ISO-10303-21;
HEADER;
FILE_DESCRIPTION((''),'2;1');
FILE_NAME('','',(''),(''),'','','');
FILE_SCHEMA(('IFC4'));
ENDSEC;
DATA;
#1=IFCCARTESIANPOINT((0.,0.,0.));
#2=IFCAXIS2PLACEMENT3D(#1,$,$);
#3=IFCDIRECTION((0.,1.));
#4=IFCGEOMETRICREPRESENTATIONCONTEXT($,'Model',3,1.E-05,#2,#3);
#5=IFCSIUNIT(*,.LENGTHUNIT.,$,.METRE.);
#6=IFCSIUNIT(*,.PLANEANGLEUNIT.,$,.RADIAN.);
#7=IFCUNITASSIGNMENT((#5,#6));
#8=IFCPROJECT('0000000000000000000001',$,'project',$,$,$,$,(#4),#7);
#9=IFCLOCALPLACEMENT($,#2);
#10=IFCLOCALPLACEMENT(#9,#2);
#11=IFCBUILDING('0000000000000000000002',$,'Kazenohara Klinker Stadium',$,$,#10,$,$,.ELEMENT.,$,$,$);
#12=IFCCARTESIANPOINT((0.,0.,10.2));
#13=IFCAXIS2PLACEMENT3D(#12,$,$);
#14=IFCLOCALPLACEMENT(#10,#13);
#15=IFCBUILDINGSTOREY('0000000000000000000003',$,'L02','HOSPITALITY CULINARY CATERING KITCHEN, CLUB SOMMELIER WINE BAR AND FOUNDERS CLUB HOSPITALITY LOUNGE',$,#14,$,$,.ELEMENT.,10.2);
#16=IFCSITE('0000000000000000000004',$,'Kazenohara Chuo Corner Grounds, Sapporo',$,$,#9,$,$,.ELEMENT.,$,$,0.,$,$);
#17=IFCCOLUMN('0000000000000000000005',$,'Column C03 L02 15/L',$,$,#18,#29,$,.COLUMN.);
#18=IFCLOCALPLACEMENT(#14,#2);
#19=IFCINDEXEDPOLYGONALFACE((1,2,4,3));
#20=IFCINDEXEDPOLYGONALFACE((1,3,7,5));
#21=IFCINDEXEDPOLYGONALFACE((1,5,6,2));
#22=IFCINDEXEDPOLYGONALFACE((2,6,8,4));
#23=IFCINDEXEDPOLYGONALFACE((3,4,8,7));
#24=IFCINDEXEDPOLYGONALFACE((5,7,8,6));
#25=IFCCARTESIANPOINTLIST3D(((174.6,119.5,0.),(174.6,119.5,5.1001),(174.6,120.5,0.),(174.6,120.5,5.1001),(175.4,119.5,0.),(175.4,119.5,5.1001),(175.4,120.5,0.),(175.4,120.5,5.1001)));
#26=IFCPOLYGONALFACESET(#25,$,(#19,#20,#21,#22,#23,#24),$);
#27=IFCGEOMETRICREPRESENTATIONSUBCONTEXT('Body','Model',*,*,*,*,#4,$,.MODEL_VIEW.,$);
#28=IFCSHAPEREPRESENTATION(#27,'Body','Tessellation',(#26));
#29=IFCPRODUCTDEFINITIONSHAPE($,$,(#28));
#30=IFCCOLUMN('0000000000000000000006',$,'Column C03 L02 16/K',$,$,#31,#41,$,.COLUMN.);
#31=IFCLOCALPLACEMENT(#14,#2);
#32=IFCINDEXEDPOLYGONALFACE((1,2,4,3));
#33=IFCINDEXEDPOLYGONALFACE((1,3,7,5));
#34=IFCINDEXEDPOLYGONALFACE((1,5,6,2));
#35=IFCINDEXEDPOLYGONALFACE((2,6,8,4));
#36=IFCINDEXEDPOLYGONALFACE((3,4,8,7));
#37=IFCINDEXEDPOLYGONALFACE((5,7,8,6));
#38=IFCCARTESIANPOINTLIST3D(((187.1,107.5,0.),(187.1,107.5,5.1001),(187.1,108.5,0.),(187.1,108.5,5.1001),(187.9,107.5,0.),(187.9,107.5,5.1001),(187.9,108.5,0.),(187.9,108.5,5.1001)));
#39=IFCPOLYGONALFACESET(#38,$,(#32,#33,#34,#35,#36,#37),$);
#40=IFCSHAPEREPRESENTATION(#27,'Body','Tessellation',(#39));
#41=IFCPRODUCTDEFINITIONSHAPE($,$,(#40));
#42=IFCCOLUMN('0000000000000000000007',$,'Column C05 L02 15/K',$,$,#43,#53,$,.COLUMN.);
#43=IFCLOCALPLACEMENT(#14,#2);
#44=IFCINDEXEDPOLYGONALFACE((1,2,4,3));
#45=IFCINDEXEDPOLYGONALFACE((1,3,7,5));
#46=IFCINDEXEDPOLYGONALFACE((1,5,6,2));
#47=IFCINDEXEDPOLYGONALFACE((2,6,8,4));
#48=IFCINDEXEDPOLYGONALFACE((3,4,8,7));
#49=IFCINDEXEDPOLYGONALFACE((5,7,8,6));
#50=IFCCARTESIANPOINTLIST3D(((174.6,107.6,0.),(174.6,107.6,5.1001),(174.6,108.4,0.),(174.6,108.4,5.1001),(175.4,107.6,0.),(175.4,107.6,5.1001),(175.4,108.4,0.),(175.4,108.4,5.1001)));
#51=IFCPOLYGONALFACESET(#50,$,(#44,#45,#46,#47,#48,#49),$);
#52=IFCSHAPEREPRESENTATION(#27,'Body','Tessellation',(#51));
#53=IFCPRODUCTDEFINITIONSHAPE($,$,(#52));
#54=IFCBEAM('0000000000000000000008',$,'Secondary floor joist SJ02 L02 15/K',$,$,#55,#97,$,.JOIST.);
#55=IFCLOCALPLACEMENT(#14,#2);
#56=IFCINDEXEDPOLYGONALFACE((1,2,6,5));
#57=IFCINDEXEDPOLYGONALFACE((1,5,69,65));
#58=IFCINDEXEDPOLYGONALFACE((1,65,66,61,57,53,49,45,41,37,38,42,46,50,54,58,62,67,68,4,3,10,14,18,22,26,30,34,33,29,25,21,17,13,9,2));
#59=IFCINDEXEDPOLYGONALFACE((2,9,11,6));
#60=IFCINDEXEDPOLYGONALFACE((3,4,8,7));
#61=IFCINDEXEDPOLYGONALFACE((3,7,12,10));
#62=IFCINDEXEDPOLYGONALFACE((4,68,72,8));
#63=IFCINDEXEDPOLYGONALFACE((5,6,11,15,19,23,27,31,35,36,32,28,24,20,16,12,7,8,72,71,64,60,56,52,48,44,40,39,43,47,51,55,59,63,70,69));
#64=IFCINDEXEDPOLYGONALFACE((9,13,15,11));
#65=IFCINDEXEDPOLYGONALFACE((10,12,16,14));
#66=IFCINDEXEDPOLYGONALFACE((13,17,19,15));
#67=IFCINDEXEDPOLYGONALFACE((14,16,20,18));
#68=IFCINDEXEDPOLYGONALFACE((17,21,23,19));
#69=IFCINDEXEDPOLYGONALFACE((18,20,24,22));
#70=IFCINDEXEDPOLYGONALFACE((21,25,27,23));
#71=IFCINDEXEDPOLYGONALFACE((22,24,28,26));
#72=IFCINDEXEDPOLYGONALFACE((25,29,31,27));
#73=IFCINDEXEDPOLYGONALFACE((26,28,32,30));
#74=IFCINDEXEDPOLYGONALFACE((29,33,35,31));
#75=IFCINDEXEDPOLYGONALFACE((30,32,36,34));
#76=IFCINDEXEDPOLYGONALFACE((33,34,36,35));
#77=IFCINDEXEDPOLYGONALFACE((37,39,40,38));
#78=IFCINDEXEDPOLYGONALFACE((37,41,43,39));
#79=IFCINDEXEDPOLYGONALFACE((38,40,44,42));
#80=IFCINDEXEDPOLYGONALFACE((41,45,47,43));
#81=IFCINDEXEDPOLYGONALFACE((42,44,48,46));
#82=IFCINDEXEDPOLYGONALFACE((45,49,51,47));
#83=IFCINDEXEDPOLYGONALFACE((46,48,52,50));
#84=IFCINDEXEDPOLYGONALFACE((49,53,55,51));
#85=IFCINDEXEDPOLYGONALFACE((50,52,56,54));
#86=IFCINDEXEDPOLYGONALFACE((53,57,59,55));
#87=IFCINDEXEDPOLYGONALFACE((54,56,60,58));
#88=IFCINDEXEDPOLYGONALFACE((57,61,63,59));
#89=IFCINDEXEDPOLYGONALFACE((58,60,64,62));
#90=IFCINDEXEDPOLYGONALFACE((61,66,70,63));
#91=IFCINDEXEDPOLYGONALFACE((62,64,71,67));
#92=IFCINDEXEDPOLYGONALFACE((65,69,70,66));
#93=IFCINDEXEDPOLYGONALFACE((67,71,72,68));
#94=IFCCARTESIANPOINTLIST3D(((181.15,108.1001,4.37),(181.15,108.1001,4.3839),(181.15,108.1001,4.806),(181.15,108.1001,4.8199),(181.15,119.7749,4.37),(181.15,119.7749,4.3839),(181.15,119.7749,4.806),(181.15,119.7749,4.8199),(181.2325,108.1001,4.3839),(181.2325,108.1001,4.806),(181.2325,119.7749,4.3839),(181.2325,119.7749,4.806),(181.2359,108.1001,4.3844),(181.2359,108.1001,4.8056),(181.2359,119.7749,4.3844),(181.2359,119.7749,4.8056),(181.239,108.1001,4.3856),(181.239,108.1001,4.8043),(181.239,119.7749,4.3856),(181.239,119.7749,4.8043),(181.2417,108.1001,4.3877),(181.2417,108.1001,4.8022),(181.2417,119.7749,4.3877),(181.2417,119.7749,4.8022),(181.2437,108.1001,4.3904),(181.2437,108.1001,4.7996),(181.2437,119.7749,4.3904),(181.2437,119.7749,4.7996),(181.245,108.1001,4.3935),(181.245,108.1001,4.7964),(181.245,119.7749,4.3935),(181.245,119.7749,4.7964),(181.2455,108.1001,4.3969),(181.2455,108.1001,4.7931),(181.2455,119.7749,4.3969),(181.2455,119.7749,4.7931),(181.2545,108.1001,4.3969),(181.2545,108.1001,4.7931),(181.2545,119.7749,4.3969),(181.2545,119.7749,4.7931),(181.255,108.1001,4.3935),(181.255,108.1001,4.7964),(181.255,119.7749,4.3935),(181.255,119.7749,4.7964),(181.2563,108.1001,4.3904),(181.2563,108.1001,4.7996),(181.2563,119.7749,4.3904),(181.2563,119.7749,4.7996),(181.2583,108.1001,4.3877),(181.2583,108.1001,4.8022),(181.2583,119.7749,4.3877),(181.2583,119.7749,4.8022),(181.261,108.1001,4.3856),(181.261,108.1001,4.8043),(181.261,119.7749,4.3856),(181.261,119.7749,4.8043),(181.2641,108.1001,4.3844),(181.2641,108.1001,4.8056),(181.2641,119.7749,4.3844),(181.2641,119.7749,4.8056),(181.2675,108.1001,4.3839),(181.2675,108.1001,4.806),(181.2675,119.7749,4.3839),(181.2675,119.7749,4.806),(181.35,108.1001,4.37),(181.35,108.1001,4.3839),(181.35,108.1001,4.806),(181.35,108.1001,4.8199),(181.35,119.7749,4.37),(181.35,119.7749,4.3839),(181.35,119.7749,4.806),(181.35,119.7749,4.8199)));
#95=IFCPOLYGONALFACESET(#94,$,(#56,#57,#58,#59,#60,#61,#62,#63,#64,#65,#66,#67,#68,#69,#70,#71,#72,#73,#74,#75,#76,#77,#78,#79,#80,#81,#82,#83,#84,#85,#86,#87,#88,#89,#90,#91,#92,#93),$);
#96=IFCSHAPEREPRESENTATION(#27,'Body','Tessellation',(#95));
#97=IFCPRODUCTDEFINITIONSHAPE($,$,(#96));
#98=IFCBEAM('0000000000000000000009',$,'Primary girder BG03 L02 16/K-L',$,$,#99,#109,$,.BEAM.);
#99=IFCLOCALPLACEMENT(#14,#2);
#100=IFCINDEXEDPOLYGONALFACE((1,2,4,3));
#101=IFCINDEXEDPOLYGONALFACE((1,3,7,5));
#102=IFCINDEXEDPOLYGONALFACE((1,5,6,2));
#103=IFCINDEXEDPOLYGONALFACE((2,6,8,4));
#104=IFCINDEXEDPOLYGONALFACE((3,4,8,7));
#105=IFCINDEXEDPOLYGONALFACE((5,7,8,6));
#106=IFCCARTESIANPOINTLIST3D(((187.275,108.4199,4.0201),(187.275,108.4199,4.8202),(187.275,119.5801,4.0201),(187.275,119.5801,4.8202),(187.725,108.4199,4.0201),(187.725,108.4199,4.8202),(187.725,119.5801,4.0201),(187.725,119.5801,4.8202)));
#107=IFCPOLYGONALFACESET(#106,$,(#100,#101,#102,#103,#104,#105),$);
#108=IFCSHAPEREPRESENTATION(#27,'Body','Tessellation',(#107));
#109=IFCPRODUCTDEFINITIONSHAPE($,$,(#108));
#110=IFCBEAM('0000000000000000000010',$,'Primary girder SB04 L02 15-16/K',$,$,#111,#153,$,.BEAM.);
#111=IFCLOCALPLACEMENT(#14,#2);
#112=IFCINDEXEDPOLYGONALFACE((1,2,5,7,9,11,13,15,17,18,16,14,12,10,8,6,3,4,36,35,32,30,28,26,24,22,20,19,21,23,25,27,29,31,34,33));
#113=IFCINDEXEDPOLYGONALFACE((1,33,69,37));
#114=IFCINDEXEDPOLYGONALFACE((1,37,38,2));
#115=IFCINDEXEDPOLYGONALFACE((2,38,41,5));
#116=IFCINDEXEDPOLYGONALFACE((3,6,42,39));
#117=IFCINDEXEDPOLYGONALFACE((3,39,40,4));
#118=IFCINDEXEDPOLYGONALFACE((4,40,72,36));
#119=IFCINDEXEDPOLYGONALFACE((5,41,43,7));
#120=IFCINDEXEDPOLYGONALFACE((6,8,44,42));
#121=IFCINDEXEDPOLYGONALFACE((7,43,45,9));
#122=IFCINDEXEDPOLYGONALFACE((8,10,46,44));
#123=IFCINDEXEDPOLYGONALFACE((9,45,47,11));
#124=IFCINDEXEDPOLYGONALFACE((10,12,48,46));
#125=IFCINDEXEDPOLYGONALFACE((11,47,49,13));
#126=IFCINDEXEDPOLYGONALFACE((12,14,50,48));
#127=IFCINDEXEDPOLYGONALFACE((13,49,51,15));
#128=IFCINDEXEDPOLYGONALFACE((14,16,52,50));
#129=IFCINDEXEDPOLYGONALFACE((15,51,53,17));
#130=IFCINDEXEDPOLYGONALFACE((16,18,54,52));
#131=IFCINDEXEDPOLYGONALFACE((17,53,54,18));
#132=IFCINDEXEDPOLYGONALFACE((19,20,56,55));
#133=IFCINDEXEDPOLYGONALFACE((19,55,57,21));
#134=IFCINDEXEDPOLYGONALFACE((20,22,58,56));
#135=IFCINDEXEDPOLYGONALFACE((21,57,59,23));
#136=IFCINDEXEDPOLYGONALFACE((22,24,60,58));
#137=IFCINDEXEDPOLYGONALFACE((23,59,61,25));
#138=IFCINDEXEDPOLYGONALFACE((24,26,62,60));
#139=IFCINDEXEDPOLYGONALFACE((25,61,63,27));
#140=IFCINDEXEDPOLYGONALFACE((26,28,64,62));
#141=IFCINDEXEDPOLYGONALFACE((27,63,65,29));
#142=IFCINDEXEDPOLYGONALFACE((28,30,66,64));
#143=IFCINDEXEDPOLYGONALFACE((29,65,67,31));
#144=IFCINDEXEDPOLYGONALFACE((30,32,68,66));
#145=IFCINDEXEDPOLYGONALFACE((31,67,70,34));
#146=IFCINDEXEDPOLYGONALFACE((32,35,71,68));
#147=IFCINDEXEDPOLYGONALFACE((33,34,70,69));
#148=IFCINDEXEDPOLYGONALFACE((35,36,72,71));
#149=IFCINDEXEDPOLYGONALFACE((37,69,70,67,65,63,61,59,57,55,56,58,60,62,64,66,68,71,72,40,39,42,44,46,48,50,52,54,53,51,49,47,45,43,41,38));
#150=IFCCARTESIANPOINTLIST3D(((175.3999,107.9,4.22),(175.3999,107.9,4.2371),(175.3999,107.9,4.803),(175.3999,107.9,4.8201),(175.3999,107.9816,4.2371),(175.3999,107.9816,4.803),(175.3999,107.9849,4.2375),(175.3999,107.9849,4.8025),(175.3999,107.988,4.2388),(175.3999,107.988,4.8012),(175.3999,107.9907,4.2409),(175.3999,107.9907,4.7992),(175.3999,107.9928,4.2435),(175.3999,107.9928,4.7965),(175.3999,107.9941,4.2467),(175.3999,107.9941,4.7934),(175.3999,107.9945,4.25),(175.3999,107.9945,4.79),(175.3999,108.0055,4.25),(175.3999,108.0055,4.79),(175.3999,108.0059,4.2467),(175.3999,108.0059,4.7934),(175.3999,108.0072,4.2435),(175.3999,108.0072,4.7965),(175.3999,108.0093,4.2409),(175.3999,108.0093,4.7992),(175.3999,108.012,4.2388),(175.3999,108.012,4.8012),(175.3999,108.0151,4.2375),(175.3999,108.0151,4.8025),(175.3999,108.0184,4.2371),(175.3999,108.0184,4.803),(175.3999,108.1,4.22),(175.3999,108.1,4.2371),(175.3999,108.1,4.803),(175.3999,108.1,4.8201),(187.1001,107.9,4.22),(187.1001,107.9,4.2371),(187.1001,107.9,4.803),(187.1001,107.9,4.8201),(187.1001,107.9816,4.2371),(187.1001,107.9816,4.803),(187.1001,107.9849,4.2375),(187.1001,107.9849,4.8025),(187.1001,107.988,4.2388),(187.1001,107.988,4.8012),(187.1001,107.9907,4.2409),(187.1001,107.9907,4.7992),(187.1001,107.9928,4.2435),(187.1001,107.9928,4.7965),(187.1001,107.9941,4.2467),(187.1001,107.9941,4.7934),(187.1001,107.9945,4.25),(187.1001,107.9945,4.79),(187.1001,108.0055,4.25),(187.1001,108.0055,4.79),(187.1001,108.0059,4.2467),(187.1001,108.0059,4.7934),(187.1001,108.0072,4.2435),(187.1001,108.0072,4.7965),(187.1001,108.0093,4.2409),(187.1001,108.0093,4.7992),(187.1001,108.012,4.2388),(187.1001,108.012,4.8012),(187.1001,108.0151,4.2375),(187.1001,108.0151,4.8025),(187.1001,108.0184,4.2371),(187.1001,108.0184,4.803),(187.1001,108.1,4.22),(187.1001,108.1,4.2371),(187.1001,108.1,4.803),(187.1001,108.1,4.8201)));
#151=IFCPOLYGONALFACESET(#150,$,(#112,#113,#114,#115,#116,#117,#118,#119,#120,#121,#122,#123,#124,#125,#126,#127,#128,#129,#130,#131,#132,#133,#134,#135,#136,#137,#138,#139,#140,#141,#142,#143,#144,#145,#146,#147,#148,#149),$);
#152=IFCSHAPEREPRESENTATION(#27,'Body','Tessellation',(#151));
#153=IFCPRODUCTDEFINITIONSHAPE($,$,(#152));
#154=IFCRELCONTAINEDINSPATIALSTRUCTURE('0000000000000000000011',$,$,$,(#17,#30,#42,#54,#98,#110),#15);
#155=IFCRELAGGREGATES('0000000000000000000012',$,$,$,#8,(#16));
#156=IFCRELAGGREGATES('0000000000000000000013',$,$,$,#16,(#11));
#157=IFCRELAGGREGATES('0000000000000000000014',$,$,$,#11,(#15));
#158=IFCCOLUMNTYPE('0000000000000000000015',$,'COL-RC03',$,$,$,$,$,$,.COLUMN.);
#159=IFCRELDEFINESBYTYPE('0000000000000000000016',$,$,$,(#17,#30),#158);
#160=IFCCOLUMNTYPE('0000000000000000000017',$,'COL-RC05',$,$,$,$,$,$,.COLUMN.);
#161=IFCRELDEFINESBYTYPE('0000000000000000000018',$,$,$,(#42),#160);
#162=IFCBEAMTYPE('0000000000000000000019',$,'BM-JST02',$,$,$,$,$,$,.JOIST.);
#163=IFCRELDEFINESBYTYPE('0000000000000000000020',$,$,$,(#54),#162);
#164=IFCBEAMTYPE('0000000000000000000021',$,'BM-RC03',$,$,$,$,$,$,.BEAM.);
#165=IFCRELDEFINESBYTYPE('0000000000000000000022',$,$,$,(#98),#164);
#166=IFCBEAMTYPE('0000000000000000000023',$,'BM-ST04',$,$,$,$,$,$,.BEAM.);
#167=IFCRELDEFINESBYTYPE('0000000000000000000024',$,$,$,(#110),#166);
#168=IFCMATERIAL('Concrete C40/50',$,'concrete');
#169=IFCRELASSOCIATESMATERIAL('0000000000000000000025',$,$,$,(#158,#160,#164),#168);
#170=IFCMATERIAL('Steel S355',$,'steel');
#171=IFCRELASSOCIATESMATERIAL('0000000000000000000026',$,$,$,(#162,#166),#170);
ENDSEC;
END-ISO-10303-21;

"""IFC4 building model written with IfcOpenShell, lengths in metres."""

from ifc_helpers import new_model, si_unit, direction, frame, origin, origin_2d, place, context, subcontext, project, spatial, rectangle, i_section, extrude, material, material_profile, profile_set, type_object, element, save


model = new_model("IFC4")

# Units and contexts
model_context = context("Model", 3, precision=1e-05, world=origin(), true_north=direction((0.0, 1.0)))
body_context = subcontext(model_context, "Body", "Model", "MODEL_VIEW")
ifc_project = project(units=[si_unit("LENGTHUNIT", "METRE"), si_unit("PLANEANGLEUNIT", "RADIAN")], contexts=[model_context])

# Site, building, storey
site_placement = place(None, origin())
site = spatial("IfcSite", under=ifc_project, at=site_placement, Name="Kazenohara Chuo Corner Grounds, Sapporo", CompositionType="ELEMENT", RefElevation=0.0)
building_placement = place(site_placement, origin())
building = spatial("IfcBuilding", under=site, at=building_placement, Name="Kazenohara Klinker Stadium", CompositionType="ELEMENT")
storey_placement = place(building_placement, frame((0.0, 0.0, 10.2)))
storey = spatial("IfcBuildingStorey", under=building, at=storey_placement, Name="L02", Description="HOSPITALITY CULINARY CATERING KITCHEN, CLUB SOMMELIER WINE BAR AND FOUNDERS CLUB HOSPITALITY LOUNGE", CompositionType="ELEMENT", Elevation=10.2)

# Columns
ifc_material_1 = material(Name="Concrete C40/50", Category="concrete")
ifc_material_profile_1 = material_profile(ifc_material_1, rectangle(XDim=0.8, YDim=1.0, at=origin_2d()), Name="RC-COL-1000x800")
ifc_profile_set_1 = profile_set([ifc_material_profile_1], Name="Concrete C40/50")
column_type_1 = type_object("IfcColumnType", Name="COL-RC03", PredefinedType="COLUMN", material=ifc_profile_set_1)
for number, where, z_axis, x_axis, name in (
    (1, (175.0, 120.0, 0.0), (0.0, 0.0, 1.0), (1.0, 0.0, 0.0), "Column C03 L02 15/L"),
    (2, (187.5, 108.0, 0.0), (0.0, 0.0, 1.0), (1.0, 0.0, 0.0), "Column C03 L02 16/K"),
):
    element("IfcColumn", number, at=place(storey_placement, frame(where, z_axis=z_axis, x_axis=x_axis)), inside=storey, type_object=column_type_1, Name=name, PredefinedType="COLUMN", context=body_context, shape_type="SweptSolid", body=[
        extrude(rectangle(XDim=0.8, YDim=1.0, at=origin_2d()), origin(), (0.0, 0.0, 1.0), 5.1001),
    ])
ifc_material_profile_2 = material_profile(ifc_material_1, rectangle(XDim=0.8, YDim=0.8, at=origin_2d()), Name="RC-COL-800x800")
ifc_profile_set_2 = profile_set([ifc_material_profile_2], Name="Concrete C40/50")
column_type_2 = type_object("IfcColumnType", Name="COL-RC05", PredefinedType="COLUMN", material=ifc_profile_set_2)
column_placement = place(storey_placement, frame((175.0, 108.0, 0.0), z_axis=(0.0, 0.0, 1.0), x_axis=(1.0, 0.0, 0.0)))
element("IfcColumn", 3, at=column_placement, inside=storey, type_object=column_type_2, Name="Column C05 L02 15/K", PredefinedType="COLUMN", context=body_context, shape_type="SweptSolid", body=[
    extrude(rectangle(XDim=0.8, YDim=0.8, at=origin_2d()), origin(), (0.0, 0.0, 1.0), 5.1001),
])

# Beams
ifc_material_2 = material(Name="Steel S355", Category="steel")
ifc_material_profile_3 = material_profile(ifc_material_2, i_section(OverallWidth=0.2, OverallDepth=0.45, WebThickness=0.009, FlangeThickness=0.0139, FilletRadius=0.0129, at=origin_2d()), Name="H-450x200x9x14")
ifc_profile_set_3 = profile_set([ifc_material_profile_3], Name="Steel S355")
beam_type_1 = type_object("IfcBeamType", Name="BM-JST02", PredefinedType="JOIST", material=ifc_profile_set_3)
beam_1_placement = place(storey_placement, frame((181.25, 108.1001, 4.595), z_axis=(0.0, 1.0, 0.0), x_axis=(-1.0, 0.0, 0.0)))
element("IfcBeam", 4, at=beam_1_placement, inside=storey, type_object=beam_type_1, Name="Secondary floor joist SJ02 L02 15/K", PredefinedType="JOIST", context=body_context, shape_type="SweptSolid", body=[
    extrude(i_section(OverallWidth=0.2, OverallDepth=0.45, WebThickness=0.009, FlangeThickness=0.0139, FilletRadius=0.0129, at=origin_2d()), origin(), (0.0, 0.0, 1.0), 11.6748),
])
ifc_material_profile_4 = material_profile(ifc_material_1, rectangle(XDim=0.45, YDim=0.8, at=origin_2d()), Name="RC-BM-450x800")
ifc_profile_set_4 = profile_set([ifc_material_profile_4], Name="Concrete C40/50")
beam_type_2 = type_object("IfcBeamType", Name="BM-RC03", PredefinedType="BEAM", material=ifc_profile_set_4)
beam_2_placement = place(storey_placement, frame((187.5, 108.4199, 4.4202), z_axis=(0.0, 1.0, 0.0), x_axis=(-1.0, 0.0, 0.0)))
element("IfcBeam", 5, at=beam_2_placement, inside=storey, type_object=beam_type_2, Name="Primary girder BG03 L02 16/K-L", PredefinedType="BEAM", context=body_context, shape_type="SweptSolid", body=[
    extrude(rectangle(XDim=0.45, YDim=0.8, at=origin_2d()), origin(), (0.0, 0.0, 1.0), 11.1602),
])
ifc_material_profile_5 = material_profile(ifc_material_2, i_section(OverallWidth=0.2, OverallDepth=0.6001, WebThickness=0.011, FlangeThickness=0.0171, FilletRadius=0.0129, at=origin_2d()), Name="H-600x200x11x17")
ifc_profile_set_5 = profile_set([ifc_material_profile_5], Name="Steel S355")
beam_type_3 = type_object("IfcBeamType", Name="BM-ST04", PredefinedType="BEAM", material=ifc_profile_set_5)
beam_3_placement = place(storey_placement, frame((175.3999, 108.0, 4.52), z_axis=(1.0, 0.0, 0.0), x_axis=(0.0, 1.0, 0.0)))
element("IfcBeam", 6, at=beam_3_placement, inside=storey, type_object=beam_type_3, Name="Primary girder SB04 L02 15-16/K", PredefinedType="BEAM", context=body_context, shape_type="SweptSolid", body=[
    extrude(i_section(OverallWidth=0.2, OverallDepth=0.6001, WebThickness=0.011, FlangeThickness=0.0171, FilletRadius=0.0129, at=origin_2d()), origin(), (0.0, 0.0, 1.0), 11.7002),
])

save(model, "model.ifc")
